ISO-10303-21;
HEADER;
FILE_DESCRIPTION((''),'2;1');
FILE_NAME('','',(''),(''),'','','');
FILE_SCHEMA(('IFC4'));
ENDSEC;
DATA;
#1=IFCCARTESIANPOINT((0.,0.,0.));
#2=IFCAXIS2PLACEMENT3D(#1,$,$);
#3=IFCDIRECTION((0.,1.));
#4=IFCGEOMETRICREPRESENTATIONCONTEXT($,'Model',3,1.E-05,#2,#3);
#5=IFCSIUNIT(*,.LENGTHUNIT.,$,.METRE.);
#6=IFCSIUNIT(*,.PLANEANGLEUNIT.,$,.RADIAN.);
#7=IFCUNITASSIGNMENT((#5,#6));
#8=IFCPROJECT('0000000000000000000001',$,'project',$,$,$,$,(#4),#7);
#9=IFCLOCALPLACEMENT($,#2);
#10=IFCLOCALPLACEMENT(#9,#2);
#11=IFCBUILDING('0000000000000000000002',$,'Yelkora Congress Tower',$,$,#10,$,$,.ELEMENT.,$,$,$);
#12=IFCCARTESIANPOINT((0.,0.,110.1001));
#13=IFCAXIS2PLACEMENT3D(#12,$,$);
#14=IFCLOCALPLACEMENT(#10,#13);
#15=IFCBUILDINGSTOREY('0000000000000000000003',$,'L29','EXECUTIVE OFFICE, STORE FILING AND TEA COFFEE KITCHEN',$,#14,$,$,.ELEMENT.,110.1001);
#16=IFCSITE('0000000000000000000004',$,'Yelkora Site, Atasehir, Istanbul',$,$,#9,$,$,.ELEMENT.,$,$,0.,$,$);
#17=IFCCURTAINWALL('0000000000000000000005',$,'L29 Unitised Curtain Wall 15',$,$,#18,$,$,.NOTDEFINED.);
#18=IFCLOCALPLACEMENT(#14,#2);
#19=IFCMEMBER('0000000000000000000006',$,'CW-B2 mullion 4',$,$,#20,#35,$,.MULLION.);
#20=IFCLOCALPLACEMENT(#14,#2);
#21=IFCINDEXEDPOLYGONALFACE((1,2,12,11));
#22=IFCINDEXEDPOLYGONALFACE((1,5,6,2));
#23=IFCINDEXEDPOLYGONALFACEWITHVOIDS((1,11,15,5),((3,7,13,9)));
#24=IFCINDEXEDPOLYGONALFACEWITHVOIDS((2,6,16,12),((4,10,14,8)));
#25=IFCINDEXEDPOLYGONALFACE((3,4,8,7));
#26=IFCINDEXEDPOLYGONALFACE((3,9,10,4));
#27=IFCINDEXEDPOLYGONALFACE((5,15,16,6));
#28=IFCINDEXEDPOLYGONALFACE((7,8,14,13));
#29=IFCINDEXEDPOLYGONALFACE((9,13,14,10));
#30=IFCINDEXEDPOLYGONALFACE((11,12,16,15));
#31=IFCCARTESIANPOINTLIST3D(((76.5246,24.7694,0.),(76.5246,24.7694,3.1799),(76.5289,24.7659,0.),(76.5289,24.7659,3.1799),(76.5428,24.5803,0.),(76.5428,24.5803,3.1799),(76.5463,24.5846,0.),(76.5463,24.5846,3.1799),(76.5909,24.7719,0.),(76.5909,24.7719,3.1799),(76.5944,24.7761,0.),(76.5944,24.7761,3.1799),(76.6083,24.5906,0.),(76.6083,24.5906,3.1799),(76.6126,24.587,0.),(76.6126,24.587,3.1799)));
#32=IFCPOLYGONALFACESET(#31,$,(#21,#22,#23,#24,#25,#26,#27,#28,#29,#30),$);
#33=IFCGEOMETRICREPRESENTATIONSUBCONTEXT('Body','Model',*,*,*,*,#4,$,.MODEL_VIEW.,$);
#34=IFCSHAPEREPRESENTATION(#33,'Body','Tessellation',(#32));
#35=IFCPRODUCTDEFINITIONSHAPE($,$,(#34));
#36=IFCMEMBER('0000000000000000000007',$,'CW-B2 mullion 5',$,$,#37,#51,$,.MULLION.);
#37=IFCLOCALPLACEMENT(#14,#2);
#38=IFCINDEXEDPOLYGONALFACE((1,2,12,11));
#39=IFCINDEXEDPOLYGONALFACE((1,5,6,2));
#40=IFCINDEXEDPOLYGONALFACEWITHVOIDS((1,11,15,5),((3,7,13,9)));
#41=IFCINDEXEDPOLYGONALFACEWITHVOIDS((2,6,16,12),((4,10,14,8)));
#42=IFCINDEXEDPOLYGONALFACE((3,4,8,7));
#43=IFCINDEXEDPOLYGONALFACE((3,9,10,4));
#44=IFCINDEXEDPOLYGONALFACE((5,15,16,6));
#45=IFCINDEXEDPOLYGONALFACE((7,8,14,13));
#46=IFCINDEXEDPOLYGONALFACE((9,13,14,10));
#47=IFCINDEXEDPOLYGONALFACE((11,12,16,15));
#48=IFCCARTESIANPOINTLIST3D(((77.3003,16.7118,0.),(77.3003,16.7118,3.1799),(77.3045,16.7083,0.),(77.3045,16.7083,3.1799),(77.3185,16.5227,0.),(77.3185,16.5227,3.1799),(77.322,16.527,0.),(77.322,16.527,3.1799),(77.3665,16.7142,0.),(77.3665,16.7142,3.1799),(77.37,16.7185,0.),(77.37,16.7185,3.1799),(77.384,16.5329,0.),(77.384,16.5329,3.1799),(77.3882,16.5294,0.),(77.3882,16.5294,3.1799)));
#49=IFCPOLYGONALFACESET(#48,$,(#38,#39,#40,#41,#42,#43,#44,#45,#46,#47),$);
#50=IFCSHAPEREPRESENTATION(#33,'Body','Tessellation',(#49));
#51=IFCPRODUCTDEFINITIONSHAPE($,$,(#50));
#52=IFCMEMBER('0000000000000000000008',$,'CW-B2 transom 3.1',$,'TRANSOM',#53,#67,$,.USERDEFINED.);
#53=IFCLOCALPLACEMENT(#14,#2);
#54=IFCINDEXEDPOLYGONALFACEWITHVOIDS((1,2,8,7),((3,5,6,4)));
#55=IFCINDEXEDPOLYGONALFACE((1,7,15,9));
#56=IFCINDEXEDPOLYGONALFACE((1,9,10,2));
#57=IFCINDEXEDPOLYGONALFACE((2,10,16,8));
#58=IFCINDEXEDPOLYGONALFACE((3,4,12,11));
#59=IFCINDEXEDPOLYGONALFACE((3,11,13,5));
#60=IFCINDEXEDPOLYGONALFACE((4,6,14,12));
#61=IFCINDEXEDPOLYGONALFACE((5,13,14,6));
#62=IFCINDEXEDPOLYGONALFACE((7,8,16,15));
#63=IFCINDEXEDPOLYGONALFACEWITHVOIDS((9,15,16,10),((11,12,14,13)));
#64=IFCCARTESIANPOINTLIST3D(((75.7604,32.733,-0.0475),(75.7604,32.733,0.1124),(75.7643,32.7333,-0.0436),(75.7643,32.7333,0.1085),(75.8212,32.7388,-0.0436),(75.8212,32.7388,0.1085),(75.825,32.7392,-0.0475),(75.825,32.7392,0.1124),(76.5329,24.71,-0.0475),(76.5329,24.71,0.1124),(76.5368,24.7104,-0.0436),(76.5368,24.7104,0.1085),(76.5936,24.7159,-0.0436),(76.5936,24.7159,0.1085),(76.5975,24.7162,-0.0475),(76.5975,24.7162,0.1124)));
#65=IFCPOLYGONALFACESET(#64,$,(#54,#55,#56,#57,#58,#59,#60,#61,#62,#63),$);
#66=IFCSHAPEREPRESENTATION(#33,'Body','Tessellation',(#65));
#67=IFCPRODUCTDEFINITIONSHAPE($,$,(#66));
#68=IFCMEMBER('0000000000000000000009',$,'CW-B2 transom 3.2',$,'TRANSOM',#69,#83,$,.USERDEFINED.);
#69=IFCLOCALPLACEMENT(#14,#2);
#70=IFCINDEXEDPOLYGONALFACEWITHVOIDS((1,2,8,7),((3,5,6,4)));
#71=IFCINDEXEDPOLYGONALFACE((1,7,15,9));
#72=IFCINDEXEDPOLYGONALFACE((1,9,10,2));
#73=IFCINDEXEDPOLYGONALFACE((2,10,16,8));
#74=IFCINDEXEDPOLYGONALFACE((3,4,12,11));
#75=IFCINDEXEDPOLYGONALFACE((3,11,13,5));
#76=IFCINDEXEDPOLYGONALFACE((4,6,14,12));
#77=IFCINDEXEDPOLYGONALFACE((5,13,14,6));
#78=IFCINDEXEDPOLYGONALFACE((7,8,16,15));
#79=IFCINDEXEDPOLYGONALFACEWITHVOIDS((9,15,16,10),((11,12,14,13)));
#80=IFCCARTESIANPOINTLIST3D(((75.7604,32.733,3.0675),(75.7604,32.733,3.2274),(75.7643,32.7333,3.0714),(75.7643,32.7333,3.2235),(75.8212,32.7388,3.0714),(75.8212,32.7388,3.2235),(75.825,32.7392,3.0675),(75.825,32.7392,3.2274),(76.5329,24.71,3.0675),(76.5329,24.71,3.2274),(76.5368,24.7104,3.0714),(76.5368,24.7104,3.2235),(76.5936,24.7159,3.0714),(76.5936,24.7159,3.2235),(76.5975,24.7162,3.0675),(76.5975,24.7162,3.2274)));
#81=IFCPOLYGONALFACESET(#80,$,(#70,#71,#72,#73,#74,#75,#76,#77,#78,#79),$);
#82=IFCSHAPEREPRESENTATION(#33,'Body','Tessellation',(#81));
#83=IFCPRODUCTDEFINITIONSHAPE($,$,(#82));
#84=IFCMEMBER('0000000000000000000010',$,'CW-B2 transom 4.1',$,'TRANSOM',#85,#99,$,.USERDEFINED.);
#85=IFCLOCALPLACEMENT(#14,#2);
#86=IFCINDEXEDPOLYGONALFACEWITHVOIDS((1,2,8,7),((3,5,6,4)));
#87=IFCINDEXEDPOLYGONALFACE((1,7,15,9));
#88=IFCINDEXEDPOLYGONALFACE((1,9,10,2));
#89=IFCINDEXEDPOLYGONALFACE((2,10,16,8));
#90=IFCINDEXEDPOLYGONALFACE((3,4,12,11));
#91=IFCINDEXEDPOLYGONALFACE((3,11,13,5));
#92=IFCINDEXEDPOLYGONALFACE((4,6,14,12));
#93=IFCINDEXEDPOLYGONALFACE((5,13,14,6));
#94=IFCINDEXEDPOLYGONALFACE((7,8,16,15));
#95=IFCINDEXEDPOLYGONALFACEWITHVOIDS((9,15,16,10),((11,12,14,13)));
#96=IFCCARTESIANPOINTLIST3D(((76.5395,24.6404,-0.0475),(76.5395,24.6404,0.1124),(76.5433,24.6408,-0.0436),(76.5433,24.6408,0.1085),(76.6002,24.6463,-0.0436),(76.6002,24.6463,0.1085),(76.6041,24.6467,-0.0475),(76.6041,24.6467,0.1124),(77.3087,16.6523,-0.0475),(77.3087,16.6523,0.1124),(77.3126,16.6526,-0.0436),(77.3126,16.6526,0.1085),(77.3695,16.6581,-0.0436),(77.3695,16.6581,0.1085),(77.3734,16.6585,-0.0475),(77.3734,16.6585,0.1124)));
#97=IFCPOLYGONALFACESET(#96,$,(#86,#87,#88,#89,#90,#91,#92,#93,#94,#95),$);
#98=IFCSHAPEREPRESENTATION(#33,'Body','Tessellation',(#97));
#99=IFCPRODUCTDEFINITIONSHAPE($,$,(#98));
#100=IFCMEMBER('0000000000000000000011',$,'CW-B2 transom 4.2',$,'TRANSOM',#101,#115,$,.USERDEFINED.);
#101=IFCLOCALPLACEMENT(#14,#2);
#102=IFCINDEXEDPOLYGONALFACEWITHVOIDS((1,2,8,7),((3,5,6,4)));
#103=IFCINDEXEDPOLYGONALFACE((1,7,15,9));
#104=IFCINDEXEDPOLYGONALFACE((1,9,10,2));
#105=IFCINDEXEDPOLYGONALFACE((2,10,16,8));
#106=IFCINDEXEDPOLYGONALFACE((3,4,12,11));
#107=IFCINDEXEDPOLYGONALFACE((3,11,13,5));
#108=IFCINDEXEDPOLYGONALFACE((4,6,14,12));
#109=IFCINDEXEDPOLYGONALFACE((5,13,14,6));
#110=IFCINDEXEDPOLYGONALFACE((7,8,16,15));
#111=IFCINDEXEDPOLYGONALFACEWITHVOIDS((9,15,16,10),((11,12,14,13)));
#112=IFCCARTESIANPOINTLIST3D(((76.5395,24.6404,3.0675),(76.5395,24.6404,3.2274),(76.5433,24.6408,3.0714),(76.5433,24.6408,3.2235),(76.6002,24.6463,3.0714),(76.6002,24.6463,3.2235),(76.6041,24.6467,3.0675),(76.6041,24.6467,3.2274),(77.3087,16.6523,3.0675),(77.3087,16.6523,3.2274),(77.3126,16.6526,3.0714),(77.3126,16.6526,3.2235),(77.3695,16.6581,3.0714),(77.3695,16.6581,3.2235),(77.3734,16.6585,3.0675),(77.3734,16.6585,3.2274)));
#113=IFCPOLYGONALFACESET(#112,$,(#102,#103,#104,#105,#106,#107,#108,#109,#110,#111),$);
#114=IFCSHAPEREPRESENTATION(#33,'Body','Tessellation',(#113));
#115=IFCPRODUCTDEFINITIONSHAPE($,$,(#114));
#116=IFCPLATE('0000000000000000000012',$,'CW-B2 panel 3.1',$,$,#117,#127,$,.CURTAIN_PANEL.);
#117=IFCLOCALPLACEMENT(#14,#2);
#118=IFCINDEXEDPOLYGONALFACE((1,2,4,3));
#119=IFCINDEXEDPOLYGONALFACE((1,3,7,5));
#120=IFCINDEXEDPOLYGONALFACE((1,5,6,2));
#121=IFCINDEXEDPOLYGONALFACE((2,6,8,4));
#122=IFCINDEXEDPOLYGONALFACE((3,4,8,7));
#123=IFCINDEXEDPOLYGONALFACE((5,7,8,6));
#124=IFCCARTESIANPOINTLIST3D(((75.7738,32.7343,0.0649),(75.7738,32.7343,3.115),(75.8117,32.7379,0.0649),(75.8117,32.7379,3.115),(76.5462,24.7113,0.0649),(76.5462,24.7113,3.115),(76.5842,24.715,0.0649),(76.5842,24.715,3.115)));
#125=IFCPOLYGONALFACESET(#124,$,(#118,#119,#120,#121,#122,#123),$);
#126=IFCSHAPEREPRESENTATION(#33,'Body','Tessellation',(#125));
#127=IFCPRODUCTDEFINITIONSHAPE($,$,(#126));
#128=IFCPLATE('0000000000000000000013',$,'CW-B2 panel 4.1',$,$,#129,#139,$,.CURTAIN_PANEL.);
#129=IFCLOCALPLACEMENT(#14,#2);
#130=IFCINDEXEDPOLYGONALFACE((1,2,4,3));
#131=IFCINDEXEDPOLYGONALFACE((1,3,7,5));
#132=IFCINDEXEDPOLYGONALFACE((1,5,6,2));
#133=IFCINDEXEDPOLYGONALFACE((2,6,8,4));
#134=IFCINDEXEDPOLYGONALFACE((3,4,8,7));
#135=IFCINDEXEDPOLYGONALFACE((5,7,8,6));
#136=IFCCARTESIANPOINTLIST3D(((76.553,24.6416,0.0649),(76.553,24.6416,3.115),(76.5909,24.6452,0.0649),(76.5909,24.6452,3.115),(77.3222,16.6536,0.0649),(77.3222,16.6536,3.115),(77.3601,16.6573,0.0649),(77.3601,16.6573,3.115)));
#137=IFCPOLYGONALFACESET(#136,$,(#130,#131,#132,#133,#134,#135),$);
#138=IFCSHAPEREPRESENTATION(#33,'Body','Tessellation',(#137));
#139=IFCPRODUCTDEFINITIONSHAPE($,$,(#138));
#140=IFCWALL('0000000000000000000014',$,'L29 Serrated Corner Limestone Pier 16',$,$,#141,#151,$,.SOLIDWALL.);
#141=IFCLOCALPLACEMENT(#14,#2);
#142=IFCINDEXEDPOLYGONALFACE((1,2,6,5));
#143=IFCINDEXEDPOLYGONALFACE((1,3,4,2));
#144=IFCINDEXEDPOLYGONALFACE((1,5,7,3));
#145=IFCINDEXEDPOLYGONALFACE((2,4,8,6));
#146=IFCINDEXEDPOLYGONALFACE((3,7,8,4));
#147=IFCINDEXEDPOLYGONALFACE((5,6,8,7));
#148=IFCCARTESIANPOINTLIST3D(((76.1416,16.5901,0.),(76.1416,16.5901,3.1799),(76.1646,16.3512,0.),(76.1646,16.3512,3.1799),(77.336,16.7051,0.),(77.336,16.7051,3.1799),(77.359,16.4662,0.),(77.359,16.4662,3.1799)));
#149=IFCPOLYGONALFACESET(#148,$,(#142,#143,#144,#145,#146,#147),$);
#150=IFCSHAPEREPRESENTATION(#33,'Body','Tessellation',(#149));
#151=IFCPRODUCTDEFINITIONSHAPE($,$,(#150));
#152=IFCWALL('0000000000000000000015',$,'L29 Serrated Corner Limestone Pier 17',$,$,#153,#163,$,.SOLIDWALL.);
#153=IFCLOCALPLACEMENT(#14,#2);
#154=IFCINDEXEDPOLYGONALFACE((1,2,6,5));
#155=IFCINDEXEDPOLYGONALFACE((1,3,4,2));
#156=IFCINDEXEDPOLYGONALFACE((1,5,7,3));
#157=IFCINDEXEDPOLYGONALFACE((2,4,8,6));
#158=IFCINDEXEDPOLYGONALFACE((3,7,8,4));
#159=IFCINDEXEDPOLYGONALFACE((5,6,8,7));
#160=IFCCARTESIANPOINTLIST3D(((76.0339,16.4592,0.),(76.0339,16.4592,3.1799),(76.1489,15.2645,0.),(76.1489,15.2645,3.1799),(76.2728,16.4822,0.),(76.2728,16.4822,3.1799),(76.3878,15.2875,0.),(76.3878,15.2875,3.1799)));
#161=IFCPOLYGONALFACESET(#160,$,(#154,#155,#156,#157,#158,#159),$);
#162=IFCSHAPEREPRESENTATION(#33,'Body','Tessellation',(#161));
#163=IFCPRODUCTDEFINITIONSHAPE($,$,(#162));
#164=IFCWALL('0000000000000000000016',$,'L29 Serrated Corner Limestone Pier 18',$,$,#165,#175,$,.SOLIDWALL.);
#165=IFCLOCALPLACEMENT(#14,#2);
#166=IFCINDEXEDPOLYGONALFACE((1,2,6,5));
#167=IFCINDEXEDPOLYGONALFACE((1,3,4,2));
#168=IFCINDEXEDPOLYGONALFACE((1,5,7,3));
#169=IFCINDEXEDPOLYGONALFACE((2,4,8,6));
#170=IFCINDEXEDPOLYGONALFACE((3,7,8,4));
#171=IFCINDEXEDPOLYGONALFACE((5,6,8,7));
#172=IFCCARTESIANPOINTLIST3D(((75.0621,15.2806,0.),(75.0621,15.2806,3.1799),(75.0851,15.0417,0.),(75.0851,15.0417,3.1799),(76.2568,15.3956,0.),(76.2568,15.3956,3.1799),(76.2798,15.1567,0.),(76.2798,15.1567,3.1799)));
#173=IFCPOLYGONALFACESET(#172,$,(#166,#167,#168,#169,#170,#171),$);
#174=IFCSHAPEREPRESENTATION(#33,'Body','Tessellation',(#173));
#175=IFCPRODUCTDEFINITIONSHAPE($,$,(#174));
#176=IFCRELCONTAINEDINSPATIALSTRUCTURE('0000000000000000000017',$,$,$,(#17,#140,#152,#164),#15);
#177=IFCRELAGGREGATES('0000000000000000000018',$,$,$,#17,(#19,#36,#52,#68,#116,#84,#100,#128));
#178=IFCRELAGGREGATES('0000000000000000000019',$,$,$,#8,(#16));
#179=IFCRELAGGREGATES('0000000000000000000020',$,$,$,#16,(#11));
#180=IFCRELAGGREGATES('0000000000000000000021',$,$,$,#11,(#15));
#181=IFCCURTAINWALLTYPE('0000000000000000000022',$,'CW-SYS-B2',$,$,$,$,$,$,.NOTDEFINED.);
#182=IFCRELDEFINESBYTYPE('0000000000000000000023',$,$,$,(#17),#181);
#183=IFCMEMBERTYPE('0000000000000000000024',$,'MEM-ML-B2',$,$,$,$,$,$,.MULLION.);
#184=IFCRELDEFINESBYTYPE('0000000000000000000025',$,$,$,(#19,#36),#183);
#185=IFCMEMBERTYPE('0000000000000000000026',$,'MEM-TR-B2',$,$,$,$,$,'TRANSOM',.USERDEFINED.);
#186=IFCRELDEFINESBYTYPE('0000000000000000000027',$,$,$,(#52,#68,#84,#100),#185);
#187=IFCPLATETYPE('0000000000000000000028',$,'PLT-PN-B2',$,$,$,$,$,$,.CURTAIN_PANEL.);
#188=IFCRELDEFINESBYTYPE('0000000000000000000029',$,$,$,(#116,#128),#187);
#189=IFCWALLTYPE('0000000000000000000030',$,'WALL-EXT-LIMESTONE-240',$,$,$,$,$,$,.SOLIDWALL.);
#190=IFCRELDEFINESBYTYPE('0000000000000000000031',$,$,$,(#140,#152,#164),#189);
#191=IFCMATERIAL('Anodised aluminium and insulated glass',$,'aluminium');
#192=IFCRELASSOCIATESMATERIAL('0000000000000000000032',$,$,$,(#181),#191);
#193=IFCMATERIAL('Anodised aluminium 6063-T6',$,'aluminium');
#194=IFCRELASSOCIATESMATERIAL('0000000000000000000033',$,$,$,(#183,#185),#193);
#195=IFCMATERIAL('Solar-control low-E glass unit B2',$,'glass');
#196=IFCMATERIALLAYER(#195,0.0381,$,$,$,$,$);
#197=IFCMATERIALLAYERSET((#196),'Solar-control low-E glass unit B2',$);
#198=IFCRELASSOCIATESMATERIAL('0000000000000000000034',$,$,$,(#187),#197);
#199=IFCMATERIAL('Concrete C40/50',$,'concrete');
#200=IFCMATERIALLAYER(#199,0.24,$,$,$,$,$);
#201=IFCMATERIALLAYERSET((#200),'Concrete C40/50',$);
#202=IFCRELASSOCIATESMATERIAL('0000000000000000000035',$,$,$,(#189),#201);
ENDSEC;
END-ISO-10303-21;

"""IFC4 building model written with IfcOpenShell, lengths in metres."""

from ifc_helpers import new_model, si_unit, direction, frame, frame_2d, origin, origin_2d, place, context, subcontext, project, spatial, rectangle, hollow_rectangle, extrude, material, layer, layer_set, material_profile, profile_set, type_object, element, aggregate, save


model = new_model("IFC4")

# Units and contexts
model_context = context("Model", 3, precision=1e-05, world=origin(), true_north=direction((0.0, 1.0)))
body_context = subcontext(model_context, "Body", "Model", "MODEL_VIEW")
ifc_project = project(units=[si_unit("LENGTHUNIT", "METRE"), si_unit("PLANEANGLEUNIT", "RADIAN")], contexts=[model_context])

# Site, building, storey
site_placement = place(None, origin())
site = spatial("IfcSite", under=ifc_project, at=site_placement, Name="Yelkora Site, Atasehir, Istanbul", CompositionType="ELEMENT", RefElevation=0.0)
building_placement = place(site_placement, origin())
building = spatial("IfcBuilding", under=site, at=building_placement, Name="Yelkora Congress Tower", CompositionType="ELEMENT")
storey_placement = place(building_placement, frame((0.0, 0.0, 110.1001)))
storey = spatial("IfcBuildingStorey", under=building, at=storey_placement, Name="L29", Description="EXECUTIVE OFFICE, STORE FILING AND TEA COFFEE KITCHEN", CompositionType="ELEMENT", Elevation=110.1001)

# Curtain wall, members, plates
ifc_material_1 = material(Name="Anodised aluminium and insulated glass", Category="aluminium")
curtain_wall_type = type_object("IfcCurtainWallType", Name="CW-SYS-B2", PredefinedType="NOTDEFINED", material=ifc_material_1)
curtain_wall_placement = place(storey_placement, origin())
curtain_wall = element("IfcCurtainWall", 1, at=curtain_wall_placement, inside=storey, type_object=curtain_wall_type, Name="L29 Unitised Curtain Wall 15", PredefinedType="NOTDEFINED")
ifc_material_2 = material(Name="Anodised aluminium 6063-T6", Category="aluminium")
ifc_material_profile_1 = material_profile(ifc_material_2, hollow_rectangle(XDim=0.0701, YDim=0.1899, WallThickness=0.0039, at=origin_2d()), Name="ALU 70x190x4")
ifc_profile_set_1 = profile_set([ifc_material_profile_1], Name="Anodised aluminium 6063-T6")
member_type_1 = type_object("IfcMemberType", Name="MEM-ML-B2", PredefinedType="MULLION", material=ifc_profile_set_1)
member_1_placement = place(storey_placement, frame((76.5686, 24.6782, 0.0), z_axis=(0.0, 0.0, 1.0), x_axis=(0.995397, 0.095843, 0.0)))
member_1 = element("IfcMember", 2, at=member_1_placement, type_object=member_type_1, Name="CW-B2 mullion 4", PredefinedType="MULLION", context=body_context, shape_type="SweptSolid", body=[
    extrude(hollow_rectangle(XDim=0.0701, YDim=0.1899, WallThickness=0.0039, at=origin_2d()), origin(), (0.0, 0.0, 1.0), 3.1799),
])
member_2_placement = place(storey_placement, frame((77.3442, 16.6206, 0.0), z_axis=(0.0, 0.0, 1.0), x_axis=(0.995397, 0.095843, 0.0)))
member_2 = element("IfcMember", 3, at=member_2_placement, type_object=member_type_1, Name="CW-B2 mullion 5", PredefinedType="MULLION", context=body_context, shape_type="SweptSolid", body=[
    extrude(hollow_rectangle(XDim=0.0701, YDim=0.1899, WallThickness=0.0039, at=origin_2d()), origin(), (0.0, 0.0, 1.0), 3.1799),
])
ifc_material_profile_2 = material_profile(ifc_material_2, hollow_rectangle(XDim=0.0649, YDim=0.1599, WallThickness=0.0039, at=origin_2d()), Name="ALU 65x160x4")
ifc_profile_set_2 = profile_set([ifc_material_profile_2], Name="Anodised aluminium 6063-T6")
member_type_2 = type_object("IfcMemberType", Name="MEM-TR-B2", ElementType="TRANSOM", PredefinedType="USERDEFINED", material=ifc_profile_set_2)
member_3_placement = place(storey_placement, frame((75.7927, 32.7361, 0.0325), z_axis=(0.095838, -0.995397, 0.0), x_axis=(0.995397, 0.095838, 0.0)))
member_3 = element("IfcMember", 4, at=member_3_placement, type_object=member_type_2, Name="CW-B2 transom 3.1", ObjectType="TRANSOM", PredefinedType="USERDEFINED", context=body_context, shape_type="SweptSolid", body=[
    extrude(hollow_rectangle(XDim=0.0649, YDim=0.1599, WallThickness=0.0039, at=origin_2d()), origin(), (0.0, 0.0, 1.0), 8.0601),
])
member_4_placement = place(storey_placement, frame((75.7927, 32.7361, 3.1475), z_axis=(0.095838, -0.995397, 0.0), x_axis=(0.995397, 0.095838, 0.0)))
member_4 = element("IfcMember", 5, at=member_4_placement, type_object=member_type_2, Name="CW-B2 transom 3.2", ObjectType="TRANSOM", PredefinedType="USERDEFINED", context=body_context, shape_type="SweptSolid", body=[
    extrude(hollow_rectangle(XDim=0.0649, YDim=0.1599, WallThickness=0.0039, at=origin_2d()), origin(), (0.0, 0.0, 1.0), 8.0601),
])
member_5_placement = place(storey_placement, frame((76.5718, 24.6436, 0.0325), z_axis=(0.095858, -0.995395, 0.0), x_axis=(0.995395, 0.095858, 0.0)))
member_5 = element("IfcMember", 6, at=member_5_placement, type_object=member_type_2, Name="CW-B2 transom 4.1", ObjectType="TRANSOM", PredefinedType="USERDEFINED", context=body_context, shape_type="SweptSolid", body=[
    extrude(hollow_rectangle(XDim=0.0649, YDim=0.1599, WallThickness=0.0039, at=origin_2d()), origin(), (0.0, 0.0, 1.0), 8.0251),
])
member_6_placement = place(storey_placement, frame((76.5718, 24.6436, 3.1475), z_axis=(0.095858, -0.995395, 0.0), x_axis=(0.995395, 0.095858, 0.0)))
member_6 = element("IfcMember", 7, at=member_6_placement, type_object=member_type_2, Name="CW-B2 transom 4.2", ObjectType="TRANSOM", PredefinedType="USERDEFINED", context=body_context, shape_type="SweptSolid", body=[
    extrude(hollow_rectangle(XDim=0.0649, YDim=0.1599, WallThickness=0.0039, at=origin_2d()), origin(), (0.0, 0.0, 1.0), 8.0251),
])
ifc_material_3 = material(Name="Solar-control low-E glass unit B2", Category="glass")
ifc_layer_1 = layer(ifc_material_3, 0.0381)
ifc_layer_set_1 = layer_set([ifc_layer_1], Name="Solar-control low-E glass unit B2")
plate_type = type_object("IfcPlateType", Name="PLT-PN-B2", PredefinedType="CURTAIN_PANEL", material=ifc_layer_set_1)
plate_1_placement = place(storey_placement, frame((76.179, 28.7246, 0.0649), z_axis=(0.0, 0.0, 1.0), x_axis=(0.095843, -0.995397, 0.0)))
plate_1 = element("IfcPlate", 8, at=plate_1_placement, type_object=plate_type, Name="CW-B2 panel 3.1", PredefinedType="CURTAIN_PANEL", context=body_context, shape_type="SweptSolid", body=[
    extrude(rectangle(XDim=8.0601, YDim=0.0381, at=origin_2d()), origin(), (0.0, 0.0, 1.0), 3.05),
])
plate_2_placement = place(storey_placement, frame((76.9565, 20.6494, 0.0649), z_axis=(0.0, 0.0, 1.0), x_axis=(0.095843, -0.995397, 0.0)))
plate_2 = element("IfcPlate", 9, at=plate_2_placement, type_object=plate_type, Name="CW-B2 panel 4.1", PredefinedType="CURTAIN_PANEL", context=body_context, shape_type="SweptSolid", body=[
    extrude(rectangle(XDim=8.0249, YDim=0.0381, at=origin_2d()), origin(), (0.0, 0.0, 1.0), 3.05),
])
aggregate(curtain_wall, [member_1, member_2, member_3, member_4, plate_1, member_5, member_6, plate_2])

# Walls
ifc_material_4 = material(Name="Concrete C40/50", Category="concrete")
ifc_layer_2 = layer(ifc_material_4, 0.24)
ifc_layer_set_2 = layer_set([ifc_layer_2], Name="Concrete C40/50")
wall_type_1 = type_object("IfcWallType", Name="WALL-EXT-LIMESTONE-240", PredefinedType="SOLIDWALL", material=ifc_layer_set_2)
wall_1_placement = place(storey_placement, frame((77.3477, 16.5857, 0.0), z_axis=(0.0, 0.0, 1.0), x_axis=(-0.995397, -0.095836, 0.0)))
element("IfcWall", 10, at=wall_1_placement, inside=storey, type_object=wall_type_1, Name="L29 Serrated Corner Limestone Pier 16", PredefinedType="SOLIDWALL", context=body_context, shape_type="SweptSolid", body=[
    extrude(rectangle(XDim=1.2, YDim=0.24, at=frame_2d((0.6001, 0.0))), origin(), (0.0, 0.0, 1.0), 3.1799),
])
for number, where, z_axis, x_axis, name in (
    (11, (76.1533, 16.4707, 0.0), (0.0, 0.0, 1.0), (0.095817, -0.995399, 0.0), "L29 Serrated Corner Limestone Pier 17"),
    (12, (76.2683, 15.2761, 0.0), (0.0, 0.0, 1.0), (-0.995399, -0.095817, 0.0), "L29 Serrated Corner Limestone Pier 18"),
):
    element("IfcWall", number, at=place(storey_placement, frame(where, z_axis=z_axis, x_axis=x_axis)), inside=storey, type_object=wall_type_1, Name=name, PredefinedType="SOLIDWALL", context=body_context, shape_type="SweptSolid", body=[
        extrude(rectangle(XDim=1.2002, YDim=0.24, at=frame_2d((0.6001, 0.0))), origin(), (0.0, 0.0, 1.0), 3.1799),
    ])

save(model, "model.ifc")
